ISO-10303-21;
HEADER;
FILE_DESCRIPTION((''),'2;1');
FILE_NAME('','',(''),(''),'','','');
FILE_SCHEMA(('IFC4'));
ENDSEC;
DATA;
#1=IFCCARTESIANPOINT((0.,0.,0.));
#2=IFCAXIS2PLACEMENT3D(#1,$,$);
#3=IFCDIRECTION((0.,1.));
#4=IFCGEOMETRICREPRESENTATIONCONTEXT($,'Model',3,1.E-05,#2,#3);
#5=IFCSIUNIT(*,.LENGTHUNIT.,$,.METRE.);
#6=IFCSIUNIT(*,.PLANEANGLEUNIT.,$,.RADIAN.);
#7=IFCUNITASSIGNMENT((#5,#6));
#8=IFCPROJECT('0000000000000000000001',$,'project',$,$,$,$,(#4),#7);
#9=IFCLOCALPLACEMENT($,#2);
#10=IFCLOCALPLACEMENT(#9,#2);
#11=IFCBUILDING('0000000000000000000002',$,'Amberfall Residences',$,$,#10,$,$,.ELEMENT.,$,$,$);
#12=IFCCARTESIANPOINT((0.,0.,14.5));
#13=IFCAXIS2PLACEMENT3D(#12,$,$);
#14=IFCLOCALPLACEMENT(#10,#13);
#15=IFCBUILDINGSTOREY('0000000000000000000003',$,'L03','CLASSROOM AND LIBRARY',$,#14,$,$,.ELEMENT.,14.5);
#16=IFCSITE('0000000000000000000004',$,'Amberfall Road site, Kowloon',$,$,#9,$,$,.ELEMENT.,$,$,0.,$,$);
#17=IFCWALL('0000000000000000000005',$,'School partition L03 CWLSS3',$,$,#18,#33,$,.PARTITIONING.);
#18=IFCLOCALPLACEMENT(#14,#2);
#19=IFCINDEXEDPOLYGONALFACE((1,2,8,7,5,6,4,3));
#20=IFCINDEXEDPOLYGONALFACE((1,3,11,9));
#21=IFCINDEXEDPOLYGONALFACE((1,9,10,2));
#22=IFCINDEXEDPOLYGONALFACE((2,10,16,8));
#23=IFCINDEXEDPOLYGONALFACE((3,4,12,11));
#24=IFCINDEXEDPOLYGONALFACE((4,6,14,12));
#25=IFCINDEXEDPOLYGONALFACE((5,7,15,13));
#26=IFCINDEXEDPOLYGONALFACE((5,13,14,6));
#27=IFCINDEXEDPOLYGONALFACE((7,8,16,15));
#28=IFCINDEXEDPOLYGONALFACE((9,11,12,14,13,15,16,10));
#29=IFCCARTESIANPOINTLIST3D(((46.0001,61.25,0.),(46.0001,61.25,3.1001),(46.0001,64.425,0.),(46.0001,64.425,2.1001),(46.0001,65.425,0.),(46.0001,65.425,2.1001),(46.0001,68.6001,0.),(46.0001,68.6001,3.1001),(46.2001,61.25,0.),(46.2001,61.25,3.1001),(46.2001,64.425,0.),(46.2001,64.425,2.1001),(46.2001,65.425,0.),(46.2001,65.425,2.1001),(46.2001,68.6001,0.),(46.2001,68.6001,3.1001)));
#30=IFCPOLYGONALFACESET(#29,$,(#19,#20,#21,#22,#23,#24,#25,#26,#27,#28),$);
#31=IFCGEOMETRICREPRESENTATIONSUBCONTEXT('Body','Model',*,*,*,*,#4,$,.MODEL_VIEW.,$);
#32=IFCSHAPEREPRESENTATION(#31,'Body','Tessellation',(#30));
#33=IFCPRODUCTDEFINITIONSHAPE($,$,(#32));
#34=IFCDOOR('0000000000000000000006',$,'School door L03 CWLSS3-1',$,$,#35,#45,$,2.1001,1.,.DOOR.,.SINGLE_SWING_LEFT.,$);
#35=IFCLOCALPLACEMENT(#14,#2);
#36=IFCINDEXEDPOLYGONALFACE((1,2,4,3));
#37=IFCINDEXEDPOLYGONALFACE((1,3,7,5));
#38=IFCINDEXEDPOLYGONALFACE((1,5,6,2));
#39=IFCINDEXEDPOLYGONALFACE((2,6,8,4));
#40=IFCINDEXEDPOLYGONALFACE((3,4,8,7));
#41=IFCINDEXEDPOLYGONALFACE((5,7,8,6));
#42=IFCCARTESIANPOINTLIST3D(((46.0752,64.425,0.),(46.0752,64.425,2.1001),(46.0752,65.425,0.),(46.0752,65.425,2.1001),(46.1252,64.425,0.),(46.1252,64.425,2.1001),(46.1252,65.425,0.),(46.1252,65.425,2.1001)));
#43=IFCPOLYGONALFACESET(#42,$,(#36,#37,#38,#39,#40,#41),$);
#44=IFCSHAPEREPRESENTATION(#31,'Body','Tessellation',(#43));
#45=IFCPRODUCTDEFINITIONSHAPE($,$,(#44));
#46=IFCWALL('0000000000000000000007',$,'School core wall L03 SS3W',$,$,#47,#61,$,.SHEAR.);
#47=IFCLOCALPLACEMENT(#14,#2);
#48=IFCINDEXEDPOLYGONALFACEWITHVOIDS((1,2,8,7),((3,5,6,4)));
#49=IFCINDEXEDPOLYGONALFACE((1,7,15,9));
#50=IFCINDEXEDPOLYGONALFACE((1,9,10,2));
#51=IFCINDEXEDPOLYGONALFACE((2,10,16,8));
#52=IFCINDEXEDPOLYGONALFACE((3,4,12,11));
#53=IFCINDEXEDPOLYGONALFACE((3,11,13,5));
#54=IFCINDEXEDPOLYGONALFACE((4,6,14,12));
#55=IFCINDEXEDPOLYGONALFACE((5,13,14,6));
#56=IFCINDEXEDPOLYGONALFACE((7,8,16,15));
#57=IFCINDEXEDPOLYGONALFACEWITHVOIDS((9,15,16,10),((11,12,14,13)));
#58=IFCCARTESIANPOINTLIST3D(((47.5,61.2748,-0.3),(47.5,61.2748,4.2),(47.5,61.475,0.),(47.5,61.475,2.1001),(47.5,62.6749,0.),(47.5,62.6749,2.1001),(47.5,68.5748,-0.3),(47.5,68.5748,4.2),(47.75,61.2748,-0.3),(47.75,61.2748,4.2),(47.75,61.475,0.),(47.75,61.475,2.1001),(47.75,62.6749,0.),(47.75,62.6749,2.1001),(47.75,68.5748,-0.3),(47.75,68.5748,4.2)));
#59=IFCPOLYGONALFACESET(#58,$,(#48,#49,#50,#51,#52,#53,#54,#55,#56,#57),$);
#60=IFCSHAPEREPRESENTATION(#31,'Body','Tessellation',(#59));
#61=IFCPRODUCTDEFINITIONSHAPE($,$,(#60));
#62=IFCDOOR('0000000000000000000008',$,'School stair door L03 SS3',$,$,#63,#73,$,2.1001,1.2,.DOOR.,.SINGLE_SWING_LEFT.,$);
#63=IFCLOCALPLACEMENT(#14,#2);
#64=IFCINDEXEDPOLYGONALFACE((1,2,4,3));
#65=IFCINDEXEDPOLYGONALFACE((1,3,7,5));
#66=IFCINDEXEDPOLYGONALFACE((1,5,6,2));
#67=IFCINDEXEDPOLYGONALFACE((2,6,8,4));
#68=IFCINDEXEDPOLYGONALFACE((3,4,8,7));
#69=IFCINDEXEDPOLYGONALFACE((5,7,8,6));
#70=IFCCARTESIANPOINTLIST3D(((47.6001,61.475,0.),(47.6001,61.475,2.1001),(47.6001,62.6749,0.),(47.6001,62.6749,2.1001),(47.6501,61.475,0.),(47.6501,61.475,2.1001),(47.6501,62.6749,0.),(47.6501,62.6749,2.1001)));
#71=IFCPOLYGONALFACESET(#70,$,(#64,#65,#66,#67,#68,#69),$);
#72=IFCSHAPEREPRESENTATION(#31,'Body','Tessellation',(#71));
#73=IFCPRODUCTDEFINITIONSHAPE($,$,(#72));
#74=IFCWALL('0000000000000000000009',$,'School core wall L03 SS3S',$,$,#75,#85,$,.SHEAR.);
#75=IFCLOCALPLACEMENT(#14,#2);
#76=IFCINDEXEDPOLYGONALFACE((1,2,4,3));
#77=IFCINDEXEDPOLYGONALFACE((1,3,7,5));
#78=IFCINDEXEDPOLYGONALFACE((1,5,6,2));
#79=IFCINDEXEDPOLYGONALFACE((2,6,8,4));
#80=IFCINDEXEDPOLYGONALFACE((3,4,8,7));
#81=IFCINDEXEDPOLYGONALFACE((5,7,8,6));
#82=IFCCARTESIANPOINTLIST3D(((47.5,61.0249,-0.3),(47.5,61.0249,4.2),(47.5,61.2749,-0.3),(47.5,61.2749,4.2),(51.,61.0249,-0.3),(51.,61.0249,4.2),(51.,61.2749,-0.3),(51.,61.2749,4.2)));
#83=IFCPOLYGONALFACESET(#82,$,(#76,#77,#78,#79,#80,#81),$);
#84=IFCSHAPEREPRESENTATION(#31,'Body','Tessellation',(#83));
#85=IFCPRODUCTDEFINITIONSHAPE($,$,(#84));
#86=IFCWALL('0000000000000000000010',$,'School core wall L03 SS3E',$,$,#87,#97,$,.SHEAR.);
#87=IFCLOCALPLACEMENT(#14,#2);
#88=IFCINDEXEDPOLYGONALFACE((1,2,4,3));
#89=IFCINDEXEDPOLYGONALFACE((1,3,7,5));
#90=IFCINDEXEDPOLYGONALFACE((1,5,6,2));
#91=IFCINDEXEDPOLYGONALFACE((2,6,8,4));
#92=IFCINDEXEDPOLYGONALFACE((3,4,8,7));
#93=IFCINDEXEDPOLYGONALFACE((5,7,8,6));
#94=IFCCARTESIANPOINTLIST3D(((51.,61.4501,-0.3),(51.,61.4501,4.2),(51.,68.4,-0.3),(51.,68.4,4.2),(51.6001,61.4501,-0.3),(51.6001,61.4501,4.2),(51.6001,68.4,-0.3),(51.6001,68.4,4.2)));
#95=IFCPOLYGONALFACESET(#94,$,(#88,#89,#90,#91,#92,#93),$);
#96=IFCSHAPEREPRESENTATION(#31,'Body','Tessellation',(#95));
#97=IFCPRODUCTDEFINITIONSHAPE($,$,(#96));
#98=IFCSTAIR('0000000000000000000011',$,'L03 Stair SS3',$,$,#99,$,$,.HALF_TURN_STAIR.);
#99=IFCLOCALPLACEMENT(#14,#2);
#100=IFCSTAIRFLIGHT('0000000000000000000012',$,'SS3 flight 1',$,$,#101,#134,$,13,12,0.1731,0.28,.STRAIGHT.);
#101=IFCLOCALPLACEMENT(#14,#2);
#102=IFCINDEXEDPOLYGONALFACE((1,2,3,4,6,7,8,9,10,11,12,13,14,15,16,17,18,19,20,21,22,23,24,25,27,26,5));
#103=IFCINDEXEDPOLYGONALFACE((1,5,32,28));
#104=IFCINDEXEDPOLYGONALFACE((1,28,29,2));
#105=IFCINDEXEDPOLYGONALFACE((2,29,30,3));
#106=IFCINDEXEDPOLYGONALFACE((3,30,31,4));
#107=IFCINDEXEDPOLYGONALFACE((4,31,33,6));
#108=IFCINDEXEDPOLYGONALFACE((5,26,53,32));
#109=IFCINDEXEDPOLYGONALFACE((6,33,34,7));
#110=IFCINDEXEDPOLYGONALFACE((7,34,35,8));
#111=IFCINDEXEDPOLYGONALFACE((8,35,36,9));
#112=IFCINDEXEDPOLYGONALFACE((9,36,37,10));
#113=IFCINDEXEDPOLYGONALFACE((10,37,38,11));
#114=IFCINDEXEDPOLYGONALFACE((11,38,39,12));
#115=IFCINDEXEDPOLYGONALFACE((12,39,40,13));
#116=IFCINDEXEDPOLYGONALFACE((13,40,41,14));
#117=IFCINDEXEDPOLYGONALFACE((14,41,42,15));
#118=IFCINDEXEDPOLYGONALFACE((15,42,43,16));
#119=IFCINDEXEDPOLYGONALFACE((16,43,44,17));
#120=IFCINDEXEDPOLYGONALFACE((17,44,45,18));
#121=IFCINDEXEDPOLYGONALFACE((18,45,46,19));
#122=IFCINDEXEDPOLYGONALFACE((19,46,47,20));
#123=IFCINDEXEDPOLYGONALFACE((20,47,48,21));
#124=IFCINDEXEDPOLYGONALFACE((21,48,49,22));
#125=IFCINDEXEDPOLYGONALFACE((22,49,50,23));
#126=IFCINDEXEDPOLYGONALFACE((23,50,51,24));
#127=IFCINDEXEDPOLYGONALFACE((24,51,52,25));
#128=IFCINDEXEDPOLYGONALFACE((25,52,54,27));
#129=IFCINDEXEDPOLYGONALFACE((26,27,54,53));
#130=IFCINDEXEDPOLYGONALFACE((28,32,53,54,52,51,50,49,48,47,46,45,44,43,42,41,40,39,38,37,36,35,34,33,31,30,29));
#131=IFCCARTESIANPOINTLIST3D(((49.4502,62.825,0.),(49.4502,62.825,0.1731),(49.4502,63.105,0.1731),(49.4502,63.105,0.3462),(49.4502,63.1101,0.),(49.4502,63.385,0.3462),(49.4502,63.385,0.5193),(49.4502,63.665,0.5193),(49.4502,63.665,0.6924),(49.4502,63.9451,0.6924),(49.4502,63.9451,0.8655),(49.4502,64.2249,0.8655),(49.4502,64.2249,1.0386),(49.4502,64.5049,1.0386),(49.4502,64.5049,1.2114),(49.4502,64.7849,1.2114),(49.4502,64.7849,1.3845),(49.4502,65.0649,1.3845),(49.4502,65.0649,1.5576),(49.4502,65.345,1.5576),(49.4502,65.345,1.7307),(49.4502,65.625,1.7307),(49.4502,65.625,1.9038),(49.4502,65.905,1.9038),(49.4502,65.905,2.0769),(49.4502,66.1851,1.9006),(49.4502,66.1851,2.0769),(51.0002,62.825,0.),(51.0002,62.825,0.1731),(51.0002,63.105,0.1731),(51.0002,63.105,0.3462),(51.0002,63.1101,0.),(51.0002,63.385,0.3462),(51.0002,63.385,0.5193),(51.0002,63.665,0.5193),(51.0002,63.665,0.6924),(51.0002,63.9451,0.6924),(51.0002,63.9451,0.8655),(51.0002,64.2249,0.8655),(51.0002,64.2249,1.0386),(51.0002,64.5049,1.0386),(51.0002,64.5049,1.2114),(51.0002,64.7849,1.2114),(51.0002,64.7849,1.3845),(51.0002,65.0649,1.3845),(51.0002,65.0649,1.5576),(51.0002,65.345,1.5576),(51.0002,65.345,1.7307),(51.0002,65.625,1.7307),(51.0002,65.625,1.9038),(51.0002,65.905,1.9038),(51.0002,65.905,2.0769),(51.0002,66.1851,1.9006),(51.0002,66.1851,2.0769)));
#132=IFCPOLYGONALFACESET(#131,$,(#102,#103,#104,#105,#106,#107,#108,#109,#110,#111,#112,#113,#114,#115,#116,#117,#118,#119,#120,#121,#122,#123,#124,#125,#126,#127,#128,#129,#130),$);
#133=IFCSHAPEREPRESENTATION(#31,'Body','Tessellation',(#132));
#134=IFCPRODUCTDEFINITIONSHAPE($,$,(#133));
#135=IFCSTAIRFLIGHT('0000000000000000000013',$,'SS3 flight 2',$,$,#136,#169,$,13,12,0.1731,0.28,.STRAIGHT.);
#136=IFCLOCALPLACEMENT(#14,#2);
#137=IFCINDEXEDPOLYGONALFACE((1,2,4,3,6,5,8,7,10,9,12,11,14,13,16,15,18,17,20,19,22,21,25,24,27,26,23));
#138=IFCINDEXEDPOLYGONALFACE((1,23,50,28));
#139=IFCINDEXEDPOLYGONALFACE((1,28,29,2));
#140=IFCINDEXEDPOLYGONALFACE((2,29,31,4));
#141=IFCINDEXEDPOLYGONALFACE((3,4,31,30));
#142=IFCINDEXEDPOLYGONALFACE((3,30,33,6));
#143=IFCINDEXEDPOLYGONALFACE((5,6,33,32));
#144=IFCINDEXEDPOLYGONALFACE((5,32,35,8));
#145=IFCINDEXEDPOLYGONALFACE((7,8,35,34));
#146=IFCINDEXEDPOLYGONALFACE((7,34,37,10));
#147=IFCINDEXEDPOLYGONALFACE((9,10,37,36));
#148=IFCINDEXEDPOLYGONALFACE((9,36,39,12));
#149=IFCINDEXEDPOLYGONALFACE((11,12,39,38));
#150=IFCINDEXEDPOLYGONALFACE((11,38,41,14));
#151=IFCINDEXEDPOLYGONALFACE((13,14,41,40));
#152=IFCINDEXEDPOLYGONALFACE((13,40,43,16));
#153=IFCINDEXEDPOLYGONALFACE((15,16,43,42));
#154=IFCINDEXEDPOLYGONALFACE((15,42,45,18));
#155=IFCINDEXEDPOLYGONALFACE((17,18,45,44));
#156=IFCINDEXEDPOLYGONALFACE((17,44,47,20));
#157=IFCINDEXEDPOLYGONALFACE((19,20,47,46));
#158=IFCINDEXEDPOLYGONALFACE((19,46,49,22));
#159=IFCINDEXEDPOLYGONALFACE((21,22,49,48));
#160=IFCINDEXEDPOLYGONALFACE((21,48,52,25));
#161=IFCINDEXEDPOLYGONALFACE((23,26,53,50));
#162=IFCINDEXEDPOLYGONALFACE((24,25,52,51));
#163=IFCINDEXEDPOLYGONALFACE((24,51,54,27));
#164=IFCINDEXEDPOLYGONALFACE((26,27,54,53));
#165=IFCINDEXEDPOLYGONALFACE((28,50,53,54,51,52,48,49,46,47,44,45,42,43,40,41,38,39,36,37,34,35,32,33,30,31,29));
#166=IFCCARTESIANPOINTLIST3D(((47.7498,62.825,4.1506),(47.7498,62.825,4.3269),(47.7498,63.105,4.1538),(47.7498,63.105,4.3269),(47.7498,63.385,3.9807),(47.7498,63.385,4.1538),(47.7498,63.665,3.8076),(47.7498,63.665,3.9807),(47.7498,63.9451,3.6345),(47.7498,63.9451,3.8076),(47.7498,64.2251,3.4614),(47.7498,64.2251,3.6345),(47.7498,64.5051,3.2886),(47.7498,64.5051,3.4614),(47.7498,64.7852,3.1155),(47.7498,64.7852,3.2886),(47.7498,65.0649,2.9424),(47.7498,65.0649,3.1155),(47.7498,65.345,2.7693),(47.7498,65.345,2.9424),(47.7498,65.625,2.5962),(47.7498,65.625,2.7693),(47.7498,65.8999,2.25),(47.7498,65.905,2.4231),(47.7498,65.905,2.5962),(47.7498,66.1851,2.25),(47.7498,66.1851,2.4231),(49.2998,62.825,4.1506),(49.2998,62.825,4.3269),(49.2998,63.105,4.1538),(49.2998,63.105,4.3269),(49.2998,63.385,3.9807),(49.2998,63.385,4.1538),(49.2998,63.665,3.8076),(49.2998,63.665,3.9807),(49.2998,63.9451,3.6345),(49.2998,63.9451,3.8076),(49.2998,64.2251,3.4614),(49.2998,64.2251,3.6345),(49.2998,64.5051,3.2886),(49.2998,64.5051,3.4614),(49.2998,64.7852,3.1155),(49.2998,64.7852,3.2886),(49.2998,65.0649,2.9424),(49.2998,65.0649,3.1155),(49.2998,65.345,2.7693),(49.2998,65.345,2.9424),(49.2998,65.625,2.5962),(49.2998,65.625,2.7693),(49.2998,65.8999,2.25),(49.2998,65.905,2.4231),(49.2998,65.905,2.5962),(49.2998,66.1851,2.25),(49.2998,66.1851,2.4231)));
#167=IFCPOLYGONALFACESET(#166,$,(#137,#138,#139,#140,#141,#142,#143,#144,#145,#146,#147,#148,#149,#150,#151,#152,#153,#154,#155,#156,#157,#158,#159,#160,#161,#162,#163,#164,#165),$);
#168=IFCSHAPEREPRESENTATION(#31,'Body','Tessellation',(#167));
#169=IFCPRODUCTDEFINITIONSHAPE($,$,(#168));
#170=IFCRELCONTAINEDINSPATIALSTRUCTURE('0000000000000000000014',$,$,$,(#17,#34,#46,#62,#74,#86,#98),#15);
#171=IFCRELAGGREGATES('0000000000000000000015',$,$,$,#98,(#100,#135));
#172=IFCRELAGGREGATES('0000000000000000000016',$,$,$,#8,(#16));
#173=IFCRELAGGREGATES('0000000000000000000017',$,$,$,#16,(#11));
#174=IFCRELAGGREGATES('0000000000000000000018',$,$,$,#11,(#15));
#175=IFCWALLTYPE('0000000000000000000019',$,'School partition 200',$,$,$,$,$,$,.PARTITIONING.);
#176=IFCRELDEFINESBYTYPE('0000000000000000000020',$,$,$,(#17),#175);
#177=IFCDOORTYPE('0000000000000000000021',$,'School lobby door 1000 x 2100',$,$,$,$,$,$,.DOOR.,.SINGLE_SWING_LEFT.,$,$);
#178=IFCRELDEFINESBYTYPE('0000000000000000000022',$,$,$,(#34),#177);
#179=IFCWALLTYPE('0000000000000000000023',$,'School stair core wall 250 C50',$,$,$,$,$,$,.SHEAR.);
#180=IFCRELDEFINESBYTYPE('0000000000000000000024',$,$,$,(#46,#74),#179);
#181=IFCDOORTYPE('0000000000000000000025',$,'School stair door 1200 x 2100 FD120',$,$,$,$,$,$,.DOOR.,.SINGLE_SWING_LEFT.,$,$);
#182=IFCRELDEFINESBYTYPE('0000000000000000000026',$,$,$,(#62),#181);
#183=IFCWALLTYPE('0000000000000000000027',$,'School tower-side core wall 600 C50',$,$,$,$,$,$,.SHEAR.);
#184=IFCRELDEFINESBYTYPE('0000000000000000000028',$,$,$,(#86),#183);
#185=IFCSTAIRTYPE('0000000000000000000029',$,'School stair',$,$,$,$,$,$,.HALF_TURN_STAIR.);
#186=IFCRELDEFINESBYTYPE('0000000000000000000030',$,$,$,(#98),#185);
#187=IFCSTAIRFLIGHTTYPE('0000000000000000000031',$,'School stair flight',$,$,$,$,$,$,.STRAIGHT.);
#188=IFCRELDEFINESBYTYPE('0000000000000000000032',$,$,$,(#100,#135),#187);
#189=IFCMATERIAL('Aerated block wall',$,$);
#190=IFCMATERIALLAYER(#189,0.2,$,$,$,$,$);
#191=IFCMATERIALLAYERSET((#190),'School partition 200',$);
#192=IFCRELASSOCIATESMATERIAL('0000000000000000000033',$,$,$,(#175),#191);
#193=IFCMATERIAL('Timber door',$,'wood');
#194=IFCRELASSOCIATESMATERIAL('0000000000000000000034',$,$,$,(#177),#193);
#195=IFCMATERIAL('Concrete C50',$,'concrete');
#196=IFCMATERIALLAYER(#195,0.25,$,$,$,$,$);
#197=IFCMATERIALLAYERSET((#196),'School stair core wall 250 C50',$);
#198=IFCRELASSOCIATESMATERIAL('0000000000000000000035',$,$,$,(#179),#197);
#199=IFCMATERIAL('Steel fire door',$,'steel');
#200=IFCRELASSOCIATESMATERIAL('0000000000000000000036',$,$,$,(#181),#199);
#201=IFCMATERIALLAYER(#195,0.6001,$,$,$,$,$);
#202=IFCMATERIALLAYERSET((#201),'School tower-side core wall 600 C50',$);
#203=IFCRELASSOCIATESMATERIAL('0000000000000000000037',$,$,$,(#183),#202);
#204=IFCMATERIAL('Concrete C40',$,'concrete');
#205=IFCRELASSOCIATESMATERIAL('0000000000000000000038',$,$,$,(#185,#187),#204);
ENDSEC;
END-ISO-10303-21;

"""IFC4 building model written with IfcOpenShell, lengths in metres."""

from ifc_helpers import new_model, si_unit, direction, frame, frame_2d, origin, place, context, subcontext, project, spatial, polyline, rectangle, outline, extrude, material, layer, layer_set, type_object, element, fill, aggregate, save


model = new_model("IFC4")

# Units and contexts
model_context = context("Model", 3, precision=1e-05, world=origin(), true_north=direction((0.0, 1.0)))
body_context = subcontext(model_context, "Body", "Model", "MODEL_VIEW")
ifc_project = project(units=[si_unit("LENGTHUNIT", "METRE"), si_unit("PLANEANGLEUNIT", "RADIAN")], contexts=[model_context])

# Site, building, storey
site_placement = place(None, origin())
site = spatial("IfcSite", under=ifc_project, at=site_placement, Name="Amberfall Road site, Kowloon", CompositionType="ELEMENT", RefElevation=0.0)
building_placement = place(site_placement, origin())
building = spatial("IfcBuilding", under=site, at=building_placement, Name="Amberfall Residences", CompositionType="ELEMENT")
storey_placement = place(building_placement, frame((0.0, 0.0, 14.5)))
storey = spatial("IfcBuildingStorey", under=building, at=storey_placement, Name="L03", Description="CLASSROOM AND LIBRARY", CompositionType="ELEMENT", Elevation=14.5)

# Shared definitions
ifc_material_1 = material(Name="Concrete C40", Category="concrete")

# Shared definitions
ifc_material_2 = material(Name="Aerated block wall")

# Shared definitions
ifc_layer_1 = layer(ifc_material_2, 0.2)
ifc_layer_set_1 = layer_set([ifc_layer_1], Name="School partition 200")
wall_type_1 = type_object("IfcWallType", Name="School partition 200", PredefinedType="PARTITIONING", material=ifc_layer_set_1)
ifc_material_3 = material(Name="Timber door", Category="wood")

# Walls, openings, doors
wall_1_placement = place(storey_placement, frame((46.1001, 61.25, 0.0), z_axis=(0.0, 0.0, 1.0), x_axis=(0.0, 1.0, 0.0)))
wall_1 = element("IfcWall", 1, at=wall_1_placement, inside=storey, type_object=wall_type_1, Name="School partition L03 CWLSS3", PredefinedType="PARTITIONING", context=body_context, shape_type="SweptSolid", body=[
    extrude(rectangle(XDim=7.3501, YDim=0.2, at=frame_2d((3.675, 0.0))), origin(), (0.0, 0.0, 1.0), 3.1001),
])
opening_1_placement = place(wall_1_placement, frame((3.175, 0.0, 0.0)))
opening_1 = element("IfcOpeningElement", 2, at=opening_1_placement, cuts=wall_1, PredefinedType="OPENING", context=body_context, shape_type="SweptSolid", body=[
    extrude(rectangle(XDim=1.0, YDim=2.1001, at=frame_2d((0.5, 1.05))), frame((0.0, 0.1099, 0.0), z_axis=(0.0, -1.0, 0.0), x_axis=(1.0, 0.0, 0.0)), (0.0, 0.0, 1.0), 0.22),
])
door_type_1 = type_object("IfcDoorType", Name="School lobby door 1000 x 2100", OperationType="SINGLE_SWING_LEFT", PredefinedType="DOOR", material=ifc_material_3)
door_1_placement = place(opening_1_placement, origin())
door_1 = element("IfcDoor", 3, at=door_1_placement, inside=storey, type_object=door_type_1, Name="School door L03 CWLSS3-1", OperationType="SINGLE_SWING_LEFT", OverallHeight=2.1001, OverallWidth=1.0, PredefinedType="DOOR", context=body_context, shape_type="SweptSolid", body=[
    extrude(rectangle(XDim=1.0, YDim=2.1001, at=frame_2d((0.5, 1.05))), frame((0.0, 0.0249, 0.0), z_axis=(0.0, -1.0, 0.0), x_axis=(1.0, 0.0, 0.0)), (0.0, 0.0, 1.0), 0.05),
])
fill(opening_1, door_1)
ifc_material_4 = material(Name="Concrete C50", Category="concrete")
ifc_layer_2 = layer(ifc_material_4, 0.25)
ifc_layer_set_2 = layer_set([ifc_layer_2], Name="School stair core wall 250 C50")
wall_type_2 = type_object("IfcWallType", Name="School stair core wall 250 C50", PredefinedType="SHEAR", material=ifc_layer_set_2)
wall_2_placement = place(storey_placement, frame((47.625, 61.2749, -0.3), z_axis=(0.0, 0.0, 1.0), x_axis=(0.0, 1.0, 0.0)))
wall_2 = element("IfcWall", 4, at=wall_2_placement, inside=storey, type_object=wall_type_2, Name="School core wall L03 SS3W", PredefinedType="SHEAR", context=body_context, shape_type="SweptSolid", body=[
    extrude(rectangle(XDim=7.3, YDim=0.25, at=frame_2d((3.6499, 0.0))), origin(), (0.0, 0.0, 1.0), 4.5),
])
opening_2_placement = place(wall_2_placement, frame((0.2, 0.0, 0.3)))
opening_2 = element("IfcOpeningElement", 5, at=opening_2_placement, cuts=wall_2, PredefinedType="OPENING", context=body_context, shape_type="SweptSolid", body=[
    extrude(rectangle(XDim=1.2, YDim=2.1001, at=frame_2d((0.6001, 1.05))), frame((0.0, 0.135, 0.0), z_axis=(0.0, -1.0, 0.0), x_axis=(1.0, 0.0, 0.0)), (0.0, 0.0, 1.0), 0.27),
])
ifc_material_5 = material(Name="Steel fire door", Category="steel")
door_type_2 = type_object("IfcDoorType", Name="School stair door 1200 x 2100 FD120", OperationType="SINGLE_SWING_LEFT", PredefinedType="DOOR", material=ifc_material_5)
door_2_placement = place(opening_2_placement, origin())
door_2 = element("IfcDoor", 6, at=door_2_placement, inside=storey, type_object=door_type_2, Name="School stair door L03 SS3", OperationType="SINGLE_SWING_LEFT", OverallHeight=2.1001, OverallWidth=1.2, PredefinedType="DOOR", context=body_context, shape_type="SweptSolid", body=[
    extrude(rectangle(XDim=1.2, YDim=2.1001, at=frame_2d((0.6001, 1.05))), frame((0.0, 0.0249, 0.0), z_axis=(0.0, -1.0, 0.0), x_axis=(1.0, 0.0, 0.0)), (0.0, 0.0, 1.0), 0.05),
])
fill(opening_2, door_2)

# Walls
wall_3_placement = place(storey_placement, frame((47.5, 61.1499, -0.3), z_axis=(0.0, 0.0, 1.0), x_axis=(1.0, 0.0, 0.0)))
element("IfcWall", 7, at=wall_3_placement, inside=storey, type_object=wall_type_2, Name="School core wall L03 SS3S", PredefinedType="SHEAR", context=body_context, shape_type="SweptSolid", body=[
    extrude(rectangle(XDim=3.5, YDim=0.25, at=frame_2d((1.75, 0.0))), origin(), (0.0, 0.0, 1.0), 4.5),
])
ifc_layer_3 = layer(ifc_material_4, 0.6001)
ifc_layer_set_3 = layer_set([ifc_layer_3], Name="School tower-side core wall 600 C50")
wall_type_3 = type_object("IfcWallType", Name="School tower-side core wall 600 C50", PredefinedType="SHEAR", material=ifc_layer_set_3)
wall_4_placement = place(storey_placement, frame((51.3, 61.45, -0.3), z_axis=(0.0, 0.0, 1.0), x_axis=(0.0, 1.0, 0.0)))
element("IfcWall", 8, at=wall_4_placement, inside=storey, type_object=wall_type_3, Name="School core wall L03 SS3E", PredefinedType="SHEAR", context=body_context, shape_type="SweptSolid", body=[
    extrude(rectangle(XDim=6.95, YDim=0.6001, at=frame_2d((3.4751, 0.0))), origin(), (0.0, 0.0, 1.0), 4.5),
])

# Stair, stair flights
stair_type = type_object("IfcStairType", Name="School stair", PredefinedType="HALF_TURN_STAIR", material=ifc_material_1)
stair_placement = place(storey_placement, origin())
stair = element("IfcStair", 9, at=stair_placement, inside=storey, type_object=stair_type, Name="L03 Stair SS3", PredefinedType="HALF_TURN_STAIR")
stair_flight_type = type_object("IfcStairFlightType", Name="School stair flight", PredefinedType="STRAIGHT", material=ifc_material_1)
stair_flight_1_placement = place(storey_placement, frame((50.2251, 62.825, 0.0), z_axis=(0.0, 0.0, 1.0), x_axis=(0.0, 1.0, 0.0)))
stair_flight_1 = element("IfcStairFlight", 10, at=stair_flight_1_placement, type_object=stair_flight_type, Name="SS3 flight 1", NumberOfRisers=13, NumberOfTreads=12, PredefinedType="STRAIGHT", RiserHeight=0.1731, TreadLength=0.28, context=body_context, shape_type="SweptSolid", body=[
    extrude(outline(polyline([(0.0, 0.0), (0.0, 0.1731), (0.28, 0.1731), (0.28, 0.3462), (0.5601, 0.3462), (0.5601, 0.5193), (0.8401, 0.5193), (0.8401, 0.6924), (1.1201, 0.6924), (1.1201, 0.8655), (1.3999, 0.8655), (1.3999, 1.0386), (1.6799, 1.0386), (1.6799, 1.2114), (1.96, 1.2114), (1.96, 1.3845), (2.24, 1.3845), (2.24, 1.5576), (2.52, 1.5576), (2.52, 1.7307), (2.8, 1.7307), (2.8, 1.9038), (3.0801, 1.9038), (3.0801, 2.0769), (3.3601, 2.0769), (3.3601, 2.25), (3.3601, 1.9006), (0.2852, 0.0), (0.0, 0.0)])), frame((0.0, 0.7749, 0.0), z_axis=(0.0, -1.0, 0.0), x_axis=(1.0, 0.0, 0.0)), (0.0, 0.0, 1.0), 1.55),
])
stair_flight_2_placement = place(storey_placement, frame((48.5249, 66.1851, 2.25), z_axis=(0.0, 0.0, 1.0), x_axis=(0.0, -1.0, 0.0)))
stair_flight_2 = element("IfcStairFlight", 11, at=stair_flight_2_placement, type_object=stair_flight_type, Name="SS3 flight 2", NumberOfRisers=13, NumberOfTreads=12, PredefinedType="STRAIGHT", RiserHeight=0.1731, TreadLength=0.28, context=body_context, shape_type="SweptSolid", body=[
    extrude(outline(polyline([(0.0, 0.0), (0.0, 0.1731), (0.28, 0.1731), (0.28, 0.3462), (0.5601, 0.3462), (0.5601, 0.5193), (0.8401, 0.5193), (0.8401, 0.6924), (1.1201, 0.6924), (1.1201, 0.8655), (1.3999, 0.8655), (1.3999, 1.0386), (1.6799, 1.0386), (1.6799, 1.2114), (1.96, 1.2114), (1.96, 1.3845), (2.24, 1.3845), (2.24, 1.5576), (2.52, 1.5576), (2.52, 1.7307), (2.8, 1.7307), (2.8, 1.9038), (3.0801, 1.9038), (3.0801, 2.0769), (3.3601, 2.0769), (3.3601, 2.25), (3.3601, 1.9006), (0.2852, 0.0), (0.0, 0.0)])), frame((0.0, 0.7749, 0.0), z_axis=(0.0, -1.0, 0.0), x_axis=(1.0, 0.0, 0.0)), (0.0, 0.0, 1.0), 1.55),
])
aggregate(stair, [stair_flight_1, stair_flight_2])

save(model, "model.ifc")
